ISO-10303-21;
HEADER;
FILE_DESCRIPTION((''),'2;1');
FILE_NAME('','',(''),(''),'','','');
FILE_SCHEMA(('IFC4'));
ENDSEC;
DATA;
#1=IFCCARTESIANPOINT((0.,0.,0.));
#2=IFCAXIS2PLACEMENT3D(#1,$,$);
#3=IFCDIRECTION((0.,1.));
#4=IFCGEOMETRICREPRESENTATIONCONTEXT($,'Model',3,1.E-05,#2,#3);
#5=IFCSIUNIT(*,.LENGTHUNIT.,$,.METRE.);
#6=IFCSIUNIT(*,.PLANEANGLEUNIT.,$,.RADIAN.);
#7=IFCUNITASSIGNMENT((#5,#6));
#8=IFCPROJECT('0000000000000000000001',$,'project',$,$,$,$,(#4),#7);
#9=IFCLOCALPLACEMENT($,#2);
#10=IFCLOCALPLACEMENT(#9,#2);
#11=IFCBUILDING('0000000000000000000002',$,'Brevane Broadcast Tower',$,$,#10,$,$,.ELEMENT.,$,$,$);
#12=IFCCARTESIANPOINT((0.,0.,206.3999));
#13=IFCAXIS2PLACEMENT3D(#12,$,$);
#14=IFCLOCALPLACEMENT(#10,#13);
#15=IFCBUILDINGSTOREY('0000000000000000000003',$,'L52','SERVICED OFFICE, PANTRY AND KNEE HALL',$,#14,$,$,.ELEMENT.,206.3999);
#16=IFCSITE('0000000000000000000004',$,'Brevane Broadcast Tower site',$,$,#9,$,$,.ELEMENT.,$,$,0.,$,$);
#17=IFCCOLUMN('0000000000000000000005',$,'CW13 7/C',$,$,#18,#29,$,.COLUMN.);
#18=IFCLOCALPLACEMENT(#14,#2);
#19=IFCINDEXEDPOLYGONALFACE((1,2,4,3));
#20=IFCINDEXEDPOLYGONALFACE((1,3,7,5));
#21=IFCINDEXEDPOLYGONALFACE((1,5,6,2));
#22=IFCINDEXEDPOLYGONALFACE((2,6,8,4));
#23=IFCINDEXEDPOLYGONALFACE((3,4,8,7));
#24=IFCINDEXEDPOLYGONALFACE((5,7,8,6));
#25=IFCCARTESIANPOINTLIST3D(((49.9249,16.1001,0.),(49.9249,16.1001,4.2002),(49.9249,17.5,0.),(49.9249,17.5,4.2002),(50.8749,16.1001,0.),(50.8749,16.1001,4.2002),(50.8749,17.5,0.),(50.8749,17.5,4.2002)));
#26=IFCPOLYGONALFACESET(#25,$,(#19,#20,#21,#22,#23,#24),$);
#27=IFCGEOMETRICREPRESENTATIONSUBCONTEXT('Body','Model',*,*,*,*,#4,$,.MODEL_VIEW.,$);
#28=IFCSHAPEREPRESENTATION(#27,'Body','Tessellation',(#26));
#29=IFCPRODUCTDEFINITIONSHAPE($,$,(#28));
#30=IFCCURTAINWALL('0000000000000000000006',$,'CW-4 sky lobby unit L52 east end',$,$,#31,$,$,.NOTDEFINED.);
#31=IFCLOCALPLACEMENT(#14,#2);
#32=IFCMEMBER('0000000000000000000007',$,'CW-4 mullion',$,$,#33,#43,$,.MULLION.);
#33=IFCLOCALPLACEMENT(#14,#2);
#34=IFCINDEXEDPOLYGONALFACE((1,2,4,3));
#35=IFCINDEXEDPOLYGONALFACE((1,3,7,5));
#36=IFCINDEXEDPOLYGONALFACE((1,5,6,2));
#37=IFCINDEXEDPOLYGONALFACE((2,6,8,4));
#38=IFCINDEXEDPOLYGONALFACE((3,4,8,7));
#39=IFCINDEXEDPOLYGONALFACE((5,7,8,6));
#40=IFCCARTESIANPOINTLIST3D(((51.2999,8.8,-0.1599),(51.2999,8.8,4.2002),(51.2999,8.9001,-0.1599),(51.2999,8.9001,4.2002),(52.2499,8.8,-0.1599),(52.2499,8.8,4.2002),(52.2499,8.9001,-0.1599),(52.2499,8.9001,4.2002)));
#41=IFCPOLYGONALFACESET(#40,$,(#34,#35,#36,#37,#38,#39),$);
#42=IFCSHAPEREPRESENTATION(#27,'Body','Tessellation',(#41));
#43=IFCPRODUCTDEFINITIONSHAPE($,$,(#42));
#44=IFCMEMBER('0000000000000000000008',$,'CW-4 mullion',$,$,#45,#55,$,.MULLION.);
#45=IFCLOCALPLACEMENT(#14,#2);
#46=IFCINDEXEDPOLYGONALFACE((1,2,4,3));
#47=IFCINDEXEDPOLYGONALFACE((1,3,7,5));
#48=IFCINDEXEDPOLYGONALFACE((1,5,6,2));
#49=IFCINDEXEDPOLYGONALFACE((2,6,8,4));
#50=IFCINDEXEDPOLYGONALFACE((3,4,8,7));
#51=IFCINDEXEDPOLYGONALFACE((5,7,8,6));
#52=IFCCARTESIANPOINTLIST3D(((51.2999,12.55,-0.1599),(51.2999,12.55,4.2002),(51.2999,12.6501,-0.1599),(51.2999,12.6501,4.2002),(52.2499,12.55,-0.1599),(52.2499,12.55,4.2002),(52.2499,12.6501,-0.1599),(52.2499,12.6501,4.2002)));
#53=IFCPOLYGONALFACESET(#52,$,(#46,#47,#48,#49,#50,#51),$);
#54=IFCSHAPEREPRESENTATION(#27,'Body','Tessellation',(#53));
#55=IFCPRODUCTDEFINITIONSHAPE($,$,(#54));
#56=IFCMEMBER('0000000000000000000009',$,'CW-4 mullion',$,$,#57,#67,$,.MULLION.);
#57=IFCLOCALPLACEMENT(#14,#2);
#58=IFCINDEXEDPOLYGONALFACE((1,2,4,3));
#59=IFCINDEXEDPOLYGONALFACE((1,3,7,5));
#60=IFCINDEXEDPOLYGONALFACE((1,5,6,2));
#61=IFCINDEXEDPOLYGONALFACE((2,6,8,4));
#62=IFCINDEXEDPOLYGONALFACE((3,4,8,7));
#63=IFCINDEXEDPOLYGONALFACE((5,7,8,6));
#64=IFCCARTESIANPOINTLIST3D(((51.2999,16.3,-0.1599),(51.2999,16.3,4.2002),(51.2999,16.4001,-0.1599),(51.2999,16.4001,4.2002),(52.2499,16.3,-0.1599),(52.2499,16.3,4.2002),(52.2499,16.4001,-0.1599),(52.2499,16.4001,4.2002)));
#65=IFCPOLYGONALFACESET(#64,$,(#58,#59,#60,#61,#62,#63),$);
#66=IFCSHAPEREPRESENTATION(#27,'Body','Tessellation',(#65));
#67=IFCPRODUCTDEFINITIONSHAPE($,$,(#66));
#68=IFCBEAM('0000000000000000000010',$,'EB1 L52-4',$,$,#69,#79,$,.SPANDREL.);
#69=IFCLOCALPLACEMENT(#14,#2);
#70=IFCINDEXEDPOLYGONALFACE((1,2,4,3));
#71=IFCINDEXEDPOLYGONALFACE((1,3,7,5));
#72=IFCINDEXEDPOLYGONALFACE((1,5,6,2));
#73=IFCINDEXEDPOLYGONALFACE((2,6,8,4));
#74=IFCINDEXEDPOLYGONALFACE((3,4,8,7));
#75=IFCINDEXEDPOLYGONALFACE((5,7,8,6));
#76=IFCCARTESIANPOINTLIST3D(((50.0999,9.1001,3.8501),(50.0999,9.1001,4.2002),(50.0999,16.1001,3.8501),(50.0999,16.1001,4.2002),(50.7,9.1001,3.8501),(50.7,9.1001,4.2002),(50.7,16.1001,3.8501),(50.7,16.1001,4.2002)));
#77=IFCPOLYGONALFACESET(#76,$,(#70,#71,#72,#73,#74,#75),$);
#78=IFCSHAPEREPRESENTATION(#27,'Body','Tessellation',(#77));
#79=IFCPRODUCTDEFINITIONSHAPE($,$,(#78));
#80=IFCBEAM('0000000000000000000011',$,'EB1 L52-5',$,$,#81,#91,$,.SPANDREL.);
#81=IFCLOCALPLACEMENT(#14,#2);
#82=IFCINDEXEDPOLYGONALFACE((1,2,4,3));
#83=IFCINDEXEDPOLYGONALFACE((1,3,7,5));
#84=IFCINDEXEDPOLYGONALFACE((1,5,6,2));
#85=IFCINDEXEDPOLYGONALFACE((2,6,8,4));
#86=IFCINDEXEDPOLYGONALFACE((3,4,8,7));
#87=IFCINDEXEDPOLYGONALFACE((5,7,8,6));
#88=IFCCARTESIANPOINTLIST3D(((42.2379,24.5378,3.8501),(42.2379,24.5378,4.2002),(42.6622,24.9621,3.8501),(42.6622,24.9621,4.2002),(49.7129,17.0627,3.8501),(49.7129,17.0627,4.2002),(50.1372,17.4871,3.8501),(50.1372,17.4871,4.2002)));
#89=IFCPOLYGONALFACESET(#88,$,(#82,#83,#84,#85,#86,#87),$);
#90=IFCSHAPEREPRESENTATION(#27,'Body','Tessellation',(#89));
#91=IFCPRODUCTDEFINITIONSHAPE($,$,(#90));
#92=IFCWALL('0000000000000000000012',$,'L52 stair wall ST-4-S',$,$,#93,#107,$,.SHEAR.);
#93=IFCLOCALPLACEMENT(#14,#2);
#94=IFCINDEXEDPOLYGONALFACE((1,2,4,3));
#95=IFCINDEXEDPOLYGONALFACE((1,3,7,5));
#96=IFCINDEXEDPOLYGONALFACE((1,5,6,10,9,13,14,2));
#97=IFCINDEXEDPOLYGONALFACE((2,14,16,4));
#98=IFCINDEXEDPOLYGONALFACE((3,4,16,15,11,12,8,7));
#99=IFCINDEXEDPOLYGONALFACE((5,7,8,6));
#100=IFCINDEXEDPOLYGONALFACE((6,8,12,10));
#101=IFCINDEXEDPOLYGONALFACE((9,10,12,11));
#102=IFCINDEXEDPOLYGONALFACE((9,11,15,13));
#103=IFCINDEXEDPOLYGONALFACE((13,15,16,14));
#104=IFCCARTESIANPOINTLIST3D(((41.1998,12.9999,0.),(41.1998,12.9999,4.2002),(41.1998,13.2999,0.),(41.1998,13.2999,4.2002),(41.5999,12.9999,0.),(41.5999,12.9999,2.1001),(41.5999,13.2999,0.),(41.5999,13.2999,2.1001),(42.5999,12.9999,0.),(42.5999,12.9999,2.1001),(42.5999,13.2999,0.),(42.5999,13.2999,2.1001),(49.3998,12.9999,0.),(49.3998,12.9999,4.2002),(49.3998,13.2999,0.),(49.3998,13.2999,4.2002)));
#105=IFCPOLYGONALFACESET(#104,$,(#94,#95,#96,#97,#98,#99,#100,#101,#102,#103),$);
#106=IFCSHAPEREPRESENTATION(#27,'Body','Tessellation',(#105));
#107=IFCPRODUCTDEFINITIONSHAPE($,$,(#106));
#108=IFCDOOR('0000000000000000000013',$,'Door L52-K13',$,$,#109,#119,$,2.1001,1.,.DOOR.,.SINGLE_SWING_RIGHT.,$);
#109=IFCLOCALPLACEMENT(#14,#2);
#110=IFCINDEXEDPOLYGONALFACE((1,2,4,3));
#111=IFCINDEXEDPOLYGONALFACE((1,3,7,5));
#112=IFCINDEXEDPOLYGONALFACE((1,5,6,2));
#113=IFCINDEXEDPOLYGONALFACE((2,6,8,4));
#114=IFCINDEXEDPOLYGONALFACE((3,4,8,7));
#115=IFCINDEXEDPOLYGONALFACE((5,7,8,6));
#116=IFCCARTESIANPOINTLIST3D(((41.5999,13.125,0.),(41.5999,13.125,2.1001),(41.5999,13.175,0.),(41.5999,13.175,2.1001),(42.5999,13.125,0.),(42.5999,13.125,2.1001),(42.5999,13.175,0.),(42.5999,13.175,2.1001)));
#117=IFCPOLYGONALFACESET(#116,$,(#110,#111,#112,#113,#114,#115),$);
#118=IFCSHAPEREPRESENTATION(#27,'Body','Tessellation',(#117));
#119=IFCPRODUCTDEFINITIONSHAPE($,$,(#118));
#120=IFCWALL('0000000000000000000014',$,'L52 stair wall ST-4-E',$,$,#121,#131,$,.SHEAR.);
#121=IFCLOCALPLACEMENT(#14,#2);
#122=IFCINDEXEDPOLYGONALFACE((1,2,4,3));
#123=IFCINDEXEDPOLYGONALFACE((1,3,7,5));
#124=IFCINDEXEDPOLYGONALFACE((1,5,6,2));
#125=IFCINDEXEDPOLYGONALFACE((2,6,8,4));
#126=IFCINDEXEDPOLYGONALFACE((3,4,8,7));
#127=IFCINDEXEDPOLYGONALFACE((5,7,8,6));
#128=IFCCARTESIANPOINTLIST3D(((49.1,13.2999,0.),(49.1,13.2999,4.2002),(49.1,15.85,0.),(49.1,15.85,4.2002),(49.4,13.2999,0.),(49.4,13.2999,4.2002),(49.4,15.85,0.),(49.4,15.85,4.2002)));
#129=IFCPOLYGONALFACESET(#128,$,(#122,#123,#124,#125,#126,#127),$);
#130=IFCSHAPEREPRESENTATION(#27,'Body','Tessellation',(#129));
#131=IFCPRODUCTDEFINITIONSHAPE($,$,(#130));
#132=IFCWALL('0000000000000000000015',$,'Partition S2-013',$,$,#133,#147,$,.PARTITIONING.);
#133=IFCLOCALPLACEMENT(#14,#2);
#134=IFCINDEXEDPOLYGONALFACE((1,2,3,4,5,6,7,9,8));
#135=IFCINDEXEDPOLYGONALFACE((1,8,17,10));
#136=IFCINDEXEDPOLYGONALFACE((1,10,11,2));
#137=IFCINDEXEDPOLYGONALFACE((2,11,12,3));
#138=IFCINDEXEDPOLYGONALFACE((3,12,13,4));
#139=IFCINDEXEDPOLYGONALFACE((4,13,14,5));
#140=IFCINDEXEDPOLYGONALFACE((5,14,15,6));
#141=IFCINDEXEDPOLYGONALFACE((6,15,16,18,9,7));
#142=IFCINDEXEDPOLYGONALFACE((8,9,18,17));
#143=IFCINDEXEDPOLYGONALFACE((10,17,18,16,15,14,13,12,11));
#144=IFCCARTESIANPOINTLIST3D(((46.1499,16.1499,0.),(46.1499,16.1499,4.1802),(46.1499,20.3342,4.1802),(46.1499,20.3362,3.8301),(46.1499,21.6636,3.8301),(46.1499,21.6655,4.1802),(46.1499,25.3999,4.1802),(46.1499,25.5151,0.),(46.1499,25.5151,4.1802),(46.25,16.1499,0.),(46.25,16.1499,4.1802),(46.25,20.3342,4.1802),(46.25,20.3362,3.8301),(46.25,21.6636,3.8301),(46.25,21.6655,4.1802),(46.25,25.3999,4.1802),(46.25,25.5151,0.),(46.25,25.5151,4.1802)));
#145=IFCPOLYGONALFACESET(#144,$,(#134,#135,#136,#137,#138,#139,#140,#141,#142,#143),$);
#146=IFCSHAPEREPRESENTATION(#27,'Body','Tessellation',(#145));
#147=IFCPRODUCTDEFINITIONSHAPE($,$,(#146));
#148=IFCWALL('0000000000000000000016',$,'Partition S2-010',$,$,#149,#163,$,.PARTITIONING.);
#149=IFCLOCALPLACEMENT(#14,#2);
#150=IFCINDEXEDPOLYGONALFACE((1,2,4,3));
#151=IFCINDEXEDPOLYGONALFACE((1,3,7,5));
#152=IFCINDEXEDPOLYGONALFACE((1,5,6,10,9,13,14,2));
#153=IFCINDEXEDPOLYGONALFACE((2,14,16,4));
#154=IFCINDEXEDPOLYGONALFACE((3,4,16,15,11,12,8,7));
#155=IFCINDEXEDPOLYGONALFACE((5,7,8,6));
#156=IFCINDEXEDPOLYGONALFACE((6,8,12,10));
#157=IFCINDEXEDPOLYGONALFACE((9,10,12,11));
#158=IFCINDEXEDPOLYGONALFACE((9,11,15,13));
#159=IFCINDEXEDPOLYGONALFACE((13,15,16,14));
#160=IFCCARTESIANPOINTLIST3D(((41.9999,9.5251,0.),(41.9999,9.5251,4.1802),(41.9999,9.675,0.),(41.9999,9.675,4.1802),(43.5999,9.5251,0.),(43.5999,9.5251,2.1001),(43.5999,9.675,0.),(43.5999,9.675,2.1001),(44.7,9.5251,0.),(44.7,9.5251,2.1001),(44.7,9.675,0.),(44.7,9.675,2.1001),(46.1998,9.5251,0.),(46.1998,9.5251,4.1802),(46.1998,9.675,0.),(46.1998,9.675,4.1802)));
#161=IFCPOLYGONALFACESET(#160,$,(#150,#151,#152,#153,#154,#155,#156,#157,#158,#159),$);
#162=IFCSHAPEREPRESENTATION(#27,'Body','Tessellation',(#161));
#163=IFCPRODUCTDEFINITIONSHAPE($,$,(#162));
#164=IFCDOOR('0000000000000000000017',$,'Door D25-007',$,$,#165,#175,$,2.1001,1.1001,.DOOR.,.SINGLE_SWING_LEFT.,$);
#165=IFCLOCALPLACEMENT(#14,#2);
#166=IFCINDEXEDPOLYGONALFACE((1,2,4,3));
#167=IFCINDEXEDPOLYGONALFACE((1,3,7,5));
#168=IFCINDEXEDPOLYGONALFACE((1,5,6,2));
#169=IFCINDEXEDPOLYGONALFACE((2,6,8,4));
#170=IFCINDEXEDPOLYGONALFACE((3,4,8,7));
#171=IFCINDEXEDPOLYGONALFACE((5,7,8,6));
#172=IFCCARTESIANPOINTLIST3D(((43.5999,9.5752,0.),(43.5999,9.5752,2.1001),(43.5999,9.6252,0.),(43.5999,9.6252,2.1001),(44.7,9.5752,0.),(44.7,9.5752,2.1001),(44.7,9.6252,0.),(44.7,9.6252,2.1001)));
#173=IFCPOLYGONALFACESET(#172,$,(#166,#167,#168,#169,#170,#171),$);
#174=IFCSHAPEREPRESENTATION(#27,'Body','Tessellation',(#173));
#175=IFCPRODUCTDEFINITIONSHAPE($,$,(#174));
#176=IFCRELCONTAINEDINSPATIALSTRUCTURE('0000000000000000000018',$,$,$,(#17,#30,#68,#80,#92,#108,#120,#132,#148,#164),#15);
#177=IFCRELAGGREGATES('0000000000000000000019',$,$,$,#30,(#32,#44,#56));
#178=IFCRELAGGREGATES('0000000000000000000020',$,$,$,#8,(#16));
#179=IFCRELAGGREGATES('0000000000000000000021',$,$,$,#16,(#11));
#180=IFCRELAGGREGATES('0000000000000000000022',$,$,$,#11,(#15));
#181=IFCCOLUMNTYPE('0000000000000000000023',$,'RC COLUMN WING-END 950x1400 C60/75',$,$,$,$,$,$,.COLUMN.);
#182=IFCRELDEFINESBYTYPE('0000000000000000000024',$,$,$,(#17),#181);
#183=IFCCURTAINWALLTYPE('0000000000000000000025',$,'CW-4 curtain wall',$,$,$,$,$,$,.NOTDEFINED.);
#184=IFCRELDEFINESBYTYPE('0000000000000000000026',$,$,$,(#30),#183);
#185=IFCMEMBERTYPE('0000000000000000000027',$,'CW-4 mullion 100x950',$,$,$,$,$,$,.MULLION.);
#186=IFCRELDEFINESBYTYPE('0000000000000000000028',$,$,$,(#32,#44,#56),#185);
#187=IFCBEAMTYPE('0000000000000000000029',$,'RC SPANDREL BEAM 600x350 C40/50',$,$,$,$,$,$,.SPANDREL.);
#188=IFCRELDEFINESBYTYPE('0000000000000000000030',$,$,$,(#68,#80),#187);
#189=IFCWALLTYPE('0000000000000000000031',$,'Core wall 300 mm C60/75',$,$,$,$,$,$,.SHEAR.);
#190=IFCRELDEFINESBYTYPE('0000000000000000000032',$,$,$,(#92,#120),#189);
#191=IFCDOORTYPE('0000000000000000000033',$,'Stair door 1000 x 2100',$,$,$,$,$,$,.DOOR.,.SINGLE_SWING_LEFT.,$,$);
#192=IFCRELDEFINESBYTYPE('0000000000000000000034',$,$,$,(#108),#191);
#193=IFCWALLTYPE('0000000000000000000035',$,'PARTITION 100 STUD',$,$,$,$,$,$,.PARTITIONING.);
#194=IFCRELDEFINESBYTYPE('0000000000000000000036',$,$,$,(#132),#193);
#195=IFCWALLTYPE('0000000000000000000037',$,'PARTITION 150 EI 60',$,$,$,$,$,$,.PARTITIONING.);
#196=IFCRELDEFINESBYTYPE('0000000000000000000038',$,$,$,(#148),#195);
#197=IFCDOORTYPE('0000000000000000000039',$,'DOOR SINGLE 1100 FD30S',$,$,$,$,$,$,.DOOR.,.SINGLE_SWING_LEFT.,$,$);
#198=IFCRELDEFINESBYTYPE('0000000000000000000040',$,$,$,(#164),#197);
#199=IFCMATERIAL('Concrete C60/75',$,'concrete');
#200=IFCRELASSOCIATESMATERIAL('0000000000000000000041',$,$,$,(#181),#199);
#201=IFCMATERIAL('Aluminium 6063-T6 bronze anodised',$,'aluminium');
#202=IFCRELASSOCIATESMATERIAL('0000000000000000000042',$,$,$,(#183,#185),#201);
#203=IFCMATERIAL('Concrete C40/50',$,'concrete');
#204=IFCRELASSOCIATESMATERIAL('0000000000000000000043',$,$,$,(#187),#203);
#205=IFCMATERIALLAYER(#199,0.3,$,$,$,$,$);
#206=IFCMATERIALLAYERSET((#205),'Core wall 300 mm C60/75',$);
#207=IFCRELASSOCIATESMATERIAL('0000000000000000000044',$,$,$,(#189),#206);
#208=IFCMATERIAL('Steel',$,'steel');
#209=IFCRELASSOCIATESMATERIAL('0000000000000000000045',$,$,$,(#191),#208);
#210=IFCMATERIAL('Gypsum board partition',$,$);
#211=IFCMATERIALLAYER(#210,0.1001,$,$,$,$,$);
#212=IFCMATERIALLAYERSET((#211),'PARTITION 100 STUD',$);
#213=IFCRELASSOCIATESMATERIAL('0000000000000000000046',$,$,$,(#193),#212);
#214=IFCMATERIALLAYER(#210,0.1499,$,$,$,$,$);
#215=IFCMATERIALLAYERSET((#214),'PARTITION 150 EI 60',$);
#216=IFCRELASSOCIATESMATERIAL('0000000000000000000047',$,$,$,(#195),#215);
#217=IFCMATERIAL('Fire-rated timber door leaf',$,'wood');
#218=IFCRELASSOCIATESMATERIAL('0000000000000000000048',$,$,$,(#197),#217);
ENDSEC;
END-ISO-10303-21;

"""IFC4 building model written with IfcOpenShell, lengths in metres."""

from ifc_helpers import new_model, si_unit, direction, frame, frame_2d, origin, origin_2d, place, context, subcontext, project, spatial, polyline, rectangle, outline, extrude, material, layer, layer_set, material_profile, profile_set, type_object, element, fill, aggregate, save


model = new_model("IFC4")

# Units and contexts
model_context = context("Model", 3, precision=1e-05, world=origin(), true_north=direction((0.0, 1.0)))
body_context = subcontext(model_context, "Body", "Model", "MODEL_VIEW")
ifc_project = project(units=[si_unit("LENGTHUNIT", "METRE"), si_unit("PLANEANGLEUNIT", "RADIAN")], contexts=[model_context])

# Site, building, storey
site_placement = place(None, origin())
site = spatial("IfcSite", under=ifc_project, at=site_placement, Name="Brevane Broadcast Tower site", CompositionType="ELEMENT", RefElevation=0.0)
building_placement = place(site_placement, origin())
building = spatial("IfcBuilding", under=site, at=building_placement, Name="Brevane Broadcast Tower", CompositionType="ELEMENT")
storey_placement = place(building_placement, frame((0.0, 0.0, 206.3999)))
storey = spatial("IfcBuildingStorey", under=building, at=storey_placement, Name="L52", Description="SERVICED OFFICE, PANTRY AND KNEE HALL", CompositionType="ELEMENT", Elevation=206.3999)

# Column
ifc_material_1 = material(Name="Concrete C60/75", Category="concrete")
ifc_material_profile_1 = material_profile(ifc_material_1, rectangle(XDim=0.95, YDim=1.3999, at=origin_2d()), Name="RC 950x1400")
ifc_profile_set_1 = profile_set([ifc_material_profile_1], Name="Concrete C60/75")
column_type = type_object("IfcColumnType", Name="RC COLUMN WING-END 950x1400 C60/75", PredefinedType="COLUMN", material=ifc_profile_set_1)
column_placement = place(storey_placement, frame((50.3999, 16.8, 0.0), z_axis=(0.0, 0.0, 1.0), x_axis=(1.0, 0.0, 0.0)))
element("IfcColumn", 1, at=column_placement, inside=storey, type_object=column_type, Name="CW13 7/C", PredefinedType="COLUMN", context=body_context, shape_type="SweptSolid", body=[
    extrude(rectangle(XDim=0.95, YDim=1.3999, at=origin_2d()), origin(), (0.0, 0.0, 1.0), 4.2002),
])

# Curtain wall, members
ifc_material_2 = material(Name="Aluminium 6063-T6 bronze anodised", Category="aluminium")
curtain_wall_type = type_object("IfcCurtainWallType", Name="CW-4 curtain wall", PredefinedType="NOTDEFINED", material=ifc_material_2)
curtain_wall_placement = place(storey_placement, origin())
curtain_wall = element("IfcCurtainWall", 2, at=curtain_wall_placement, inside=storey, type_object=curtain_wall_type, Name="CW-4 sky lobby unit L52 east end", PredefinedType="NOTDEFINED")
ifc_material_profile_2 = material_profile(ifc_material_2, rectangle(XDim=0.95, YDim=0.1001, at=origin_2d()), Name="RECT 100x950")
ifc_profile_set_2 = profile_set([ifc_material_profile_2], Name="Aluminium 6063-T6 bronze anodised")
member_type = type_object("IfcMemberType", Name="CW-4 mullion 100x950", PredefinedType="MULLION", material=ifc_profile_set_2)
member_1_placement = place(storey_placement, frame((51.7749, 8.8501, -0.1599), z_axis=(0.0, 0.0, 1.0), x_axis=(-1.0, 0.0, 0.0)))
member_1 = element("IfcMember", 3, at=member_1_placement, type_object=member_type, Name="CW-4 mullion", PredefinedType="MULLION", context=body_context, shape_type="SweptSolid", body=[
    extrude(rectangle(XDim=0.95, YDim=0.1001, at=origin_2d()), origin(), (0.0, 0.0, 1.0), 4.3601),
])
member_2_placement = place(storey_placement, frame((51.7749, 12.6001, -0.1599), z_axis=(0.0, 0.0, 1.0), x_axis=(-1.0, 0.0, 0.0)))
member_2 = element("IfcMember", 4, at=member_2_placement, type_object=member_type, Name="CW-4 mullion", PredefinedType="MULLION", context=body_context, shape_type="SweptSolid", body=[
    extrude(rectangle(XDim=0.95, YDim=0.1001, at=origin_2d()), origin(), (0.0, 0.0, 1.0), 4.3601),
])
member_3_placement = place(storey_placement, frame((51.7749, 16.3501, -0.1599), z_axis=(0.0, 0.0, 1.0), x_axis=(-1.0, 0.0, 0.0)))
member_3 = element("IfcMember", 5, at=member_3_placement, type_object=member_type, Name="CW-4 mullion", PredefinedType="MULLION", context=body_context, shape_type="SweptSolid", body=[
    extrude(rectangle(XDim=0.95, YDim=0.1001, at=origin_2d()), origin(), (0.0, 0.0, 1.0), 4.3601),
])
aggregate(curtain_wall, [member_1, member_2, member_3])

# Beams
ifc_material_3 = material(Name="Concrete C40/50", Category="concrete")
ifc_material_profile_3 = material_profile(ifc_material_3, rectangle(XDim=0.6001, YDim=0.3501, at=origin_2d()), Name="RC 600x350")
ifc_profile_set_3 = profile_set([ifc_material_profile_3], Name="Concrete C40/50")
beam_type = type_object("IfcBeamType", Name="RC SPANDREL BEAM 600x350 C40/50", PredefinedType="SPANDREL", material=ifc_profile_set_3)
beam_1_placement = place(storey_placement, frame((50.3999, 9.1001, 4.0251), z_axis=(0.0, 1.0, 0.0), x_axis=(-1.0, 0.0, 0.0)))
element("IfcBeam", 6, at=beam_1_placement, inside=storey, type_object=beam_type, Name="EB1 L52-4", PredefinedType="SPANDREL", context=body_context, shape_type="SweptSolid", body=[
    extrude(rectangle(XDim=0.6001, YDim=0.3501, at=origin_2d()), origin(), (0.0, 0.0, 1.0), 7.0),
])
beam_2_placement = place(storey_placement, frame((49.925, 17.2749, 4.0251), z_axis=(-0.707107, 0.707107, 0.0), x_axis=(-0.707107, -0.707107, 0.0)))
element("IfcBeam", 7, at=beam_2_placement, inside=storey, type_object=beam_type, Name="EB1 L52-5", PredefinedType="SPANDREL", context=body_context, shape_type="SweptSolid", body=[
    extrude(rectangle(XDim=0.6001, YDim=0.3501, at=origin_2d()), origin(), (0.0, 0.0, 1.0), 10.5713),
])

# Wall, opening, door
ifc_layer_1 = layer(ifc_material_1, 0.3)
ifc_layer_set_1 = layer_set([ifc_layer_1], Name="Core wall 300 mm C60/75")
wall_type_1 = type_object("IfcWallType", Name="Core wall 300 mm C60/75", PredefinedType="SHEAR", material=ifc_layer_set_1)
wall_1_placement = place(storey_placement, frame((49.3999, 13.1499, 0.0), z_axis=(0.0, 0.0, 1.0), x_axis=(-1.0, 0.0, 0.0)))
wall_1 = element("IfcWall", 8, at=wall_1_placement, inside=storey, type_object=wall_type_1, Name="L52 stair wall ST-4-S", PredefinedType="SHEAR", context=body_context, shape_type="SweptSolid", body=[
    extrude(rectangle(XDim=8.2, YDim=0.3, at=frame_2d((4.1001, 0.0))), origin(), (0.0, 0.0, 1.0), 4.2002),
])
opening_1_placement = place(wall_1_placement, frame((6.8, 0.0, 0.0)))
opening_1 = element("IfcOpeningElement", 9, at=opening_1_placement, cuts=wall_1, PredefinedType="OPENING", context=body_context, shape_type="SweptSolid", body=[
    extrude(rectangle(XDim=1.0, YDim=2.1001, at=frame_2d((0.5, 1.05))), frame((0.0, 0.1599, 0.0), z_axis=(0.0, -1.0, 0.0), x_axis=(1.0, 0.0, 0.0)), (0.0, 0.0, 1.0), 0.3201),
])
ifc_material_4 = material(Name="Steel", Category="steel")
door_type_1 = type_object("IfcDoorType", Name="Stair door 1000 x 2100", OperationType="SINGLE_SWING_LEFT", PredefinedType="DOOR", material=ifc_material_4)
door_1_placement = place(opening_1_placement, origin())
door_1 = element("IfcDoor", 10, at=door_1_placement, inside=storey, type_object=door_type_1, Name="Door L52-K13", OperationType="SINGLE_SWING_RIGHT", OverallHeight=2.1001, OverallWidth=1.0, PredefinedType="DOOR", context=body_context, shape_type="SweptSolid", body=[
    extrude(rectangle(XDim=1.0, YDim=2.1001, at=frame_2d((0.5, 1.05))), frame((0.0, 0.0249, 0.0), z_axis=(0.0, -1.0, 0.0), x_axis=(1.0, 0.0, 0.0)), (0.0, 0.0, 1.0), 0.05),
])
fill(opening_1, door_1)

# Walls
wall_2_placement = place(storey_placement, frame((49.25, 13.3, 0.0), z_axis=(0.0, 0.0, 1.0), x_axis=(0.0, 1.0, 0.0)))
element("IfcWall", 11, at=wall_2_placement, inside=storey, type_object=wall_type_1, Name="L52 stair wall ST-4-E", PredefinedType="SHEAR", context=body_context, shape_type="SweptSolid", body=[
    extrude(rectangle(XDim=2.55, YDim=0.3, at=frame_2d((1.2749, 0.0))), origin(), (0.0, 0.0, 1.0), 4.2002),
])
ifc_material_5 = material(Name="Gypsum board partition")
ifc_layer_2 = layer(ifc_material_5, 0.1001)
ifc_layer_set_2 = layer_set([ifc_layer_2], Name="PARTITION 100 STUD")
wall_type_2 = type_object("IfcWallType", Name="PARTITION 100 STUD", PredefinedType="PARTITIONING", material=ifc_layer_set_2)
wall_3_placement = place(storey_placement, frame((46.2, 16.1499, 0.0), z_axis=(0.0, 0.0, 1.0), x_axis=(0.0, 1.0, 0.0)))
element("IfcWall", 12, at=wall_3_placement, inside=storey, type_object=wall_type_2, Name="Partition S2-013", PredefinedType="PARTITIONING", context=body_context, shape_type="SweptSolid", body=[
    extrude(outline(polyline([(0.0, 0.0), (9.3652, 0.0), (9.3652, 4.1802), (9.25, 4.1802), (5.5156, 4.1802), (5.5137, 3.8301), (4.1863, 3.8301), (4.1843, 4.1802), (0.0, 4.1802), (0.0, 0.0)])), frame((0.0, 0.05, 0.0), z_axis=(0.0, -1.0, 0.0), x_axis=(1.0, 0.0, 0.0)), (0.0, 0.0, 1.0), 0.1001),
])

# Wall, opening, door
ifc_layer_3 = layer(ifc_material_5, 0.1499)
ifc_layer_set_3 = layer_set([ifc_layer_3], Name="PARTITION 150 EI 60")
wall_type_3 = type_object("IfcWallType", Name="PARTITION 150 EI 60", PredefinedType="PARTITIONING", material=ifc_layer_set_3)
ifc_material_6 = material(Name="Fire-rated timber door leaf", Category="wood")
wall_4_placement = place(storey_placement, frame((46.2, 9.6001, 0.0), z_axis=(0.0, 0.0, 1.0), x_axis=(-1.0, 0.0, 0.0)))
wall_4 = element("IfcWall", 13, at=wall_4_placement, inside=storey, type_object=wall_type_3, Name="Partition S2-010", PredefinedType="PARTITIONING", context=body_context, shape_type="SweptSolid", body=[
    extrude(rectangle(XDim=4.2, YDim=0.1499, at=frame_2d((2.1001, 0.0))), origin(), (0.0, 0.0, 1.0), 4.1802),
])
opening_2_placement = place(wall_4_placement, frame((1.5, 0.0, 0.0)))
opening_2 = element("IfcOpeningElement", 14, at=opening_2_placement, cuts=wall_4, PredefinedType="OPENING", context=body_context, shape_type="SweptSolid", body=[
    extrude(rectangle(XDim=1.1001, YDim=2.1001, at=frame_2d((0.55, 1.05))), frame((0.0, 0.085, 0.0), z_axis=(0.0, -1.0, 0.0), x_axis=(1.0, 0.0, 0.0)), (0.0, 0.0, 1.0), 0.1699),
])
door_type_2 = type_object("IfcDoorType", Name="DOOR SINGLE 1100 FD30S", OperationType="SINGLE_SWING_LEFT", PredefinedType="DOOR", material=ifc_material_6)
door_2_placement = place(opening_2_placement, origin())
door_2 = element("IfcDoor", 15, at=door_2_placement, inside=storey, type_object=door_type_2, Name="Door D25-007", OperationType="SINGLE_SWING_LEFT", OverallHeight=2.1001, OverallWidth=1.1001, PredefinedType="DOOR", context=body_context, shape_type="SweptSolid", body=[
    extrude(rectangle(XDim=1.1001, YDim=2.1001, at=frame_2d((0.55, 1.05))), frame((0.0, 0.0249, 0.0), z_axis=(0.0, -1.0, 0.0), x_axis=(1.0, 0.0, 0.0)), (0.0, 0.0, 1.0), 0.05),
])
fill(opening_2, door_2)

save(model, "model.ifc")
